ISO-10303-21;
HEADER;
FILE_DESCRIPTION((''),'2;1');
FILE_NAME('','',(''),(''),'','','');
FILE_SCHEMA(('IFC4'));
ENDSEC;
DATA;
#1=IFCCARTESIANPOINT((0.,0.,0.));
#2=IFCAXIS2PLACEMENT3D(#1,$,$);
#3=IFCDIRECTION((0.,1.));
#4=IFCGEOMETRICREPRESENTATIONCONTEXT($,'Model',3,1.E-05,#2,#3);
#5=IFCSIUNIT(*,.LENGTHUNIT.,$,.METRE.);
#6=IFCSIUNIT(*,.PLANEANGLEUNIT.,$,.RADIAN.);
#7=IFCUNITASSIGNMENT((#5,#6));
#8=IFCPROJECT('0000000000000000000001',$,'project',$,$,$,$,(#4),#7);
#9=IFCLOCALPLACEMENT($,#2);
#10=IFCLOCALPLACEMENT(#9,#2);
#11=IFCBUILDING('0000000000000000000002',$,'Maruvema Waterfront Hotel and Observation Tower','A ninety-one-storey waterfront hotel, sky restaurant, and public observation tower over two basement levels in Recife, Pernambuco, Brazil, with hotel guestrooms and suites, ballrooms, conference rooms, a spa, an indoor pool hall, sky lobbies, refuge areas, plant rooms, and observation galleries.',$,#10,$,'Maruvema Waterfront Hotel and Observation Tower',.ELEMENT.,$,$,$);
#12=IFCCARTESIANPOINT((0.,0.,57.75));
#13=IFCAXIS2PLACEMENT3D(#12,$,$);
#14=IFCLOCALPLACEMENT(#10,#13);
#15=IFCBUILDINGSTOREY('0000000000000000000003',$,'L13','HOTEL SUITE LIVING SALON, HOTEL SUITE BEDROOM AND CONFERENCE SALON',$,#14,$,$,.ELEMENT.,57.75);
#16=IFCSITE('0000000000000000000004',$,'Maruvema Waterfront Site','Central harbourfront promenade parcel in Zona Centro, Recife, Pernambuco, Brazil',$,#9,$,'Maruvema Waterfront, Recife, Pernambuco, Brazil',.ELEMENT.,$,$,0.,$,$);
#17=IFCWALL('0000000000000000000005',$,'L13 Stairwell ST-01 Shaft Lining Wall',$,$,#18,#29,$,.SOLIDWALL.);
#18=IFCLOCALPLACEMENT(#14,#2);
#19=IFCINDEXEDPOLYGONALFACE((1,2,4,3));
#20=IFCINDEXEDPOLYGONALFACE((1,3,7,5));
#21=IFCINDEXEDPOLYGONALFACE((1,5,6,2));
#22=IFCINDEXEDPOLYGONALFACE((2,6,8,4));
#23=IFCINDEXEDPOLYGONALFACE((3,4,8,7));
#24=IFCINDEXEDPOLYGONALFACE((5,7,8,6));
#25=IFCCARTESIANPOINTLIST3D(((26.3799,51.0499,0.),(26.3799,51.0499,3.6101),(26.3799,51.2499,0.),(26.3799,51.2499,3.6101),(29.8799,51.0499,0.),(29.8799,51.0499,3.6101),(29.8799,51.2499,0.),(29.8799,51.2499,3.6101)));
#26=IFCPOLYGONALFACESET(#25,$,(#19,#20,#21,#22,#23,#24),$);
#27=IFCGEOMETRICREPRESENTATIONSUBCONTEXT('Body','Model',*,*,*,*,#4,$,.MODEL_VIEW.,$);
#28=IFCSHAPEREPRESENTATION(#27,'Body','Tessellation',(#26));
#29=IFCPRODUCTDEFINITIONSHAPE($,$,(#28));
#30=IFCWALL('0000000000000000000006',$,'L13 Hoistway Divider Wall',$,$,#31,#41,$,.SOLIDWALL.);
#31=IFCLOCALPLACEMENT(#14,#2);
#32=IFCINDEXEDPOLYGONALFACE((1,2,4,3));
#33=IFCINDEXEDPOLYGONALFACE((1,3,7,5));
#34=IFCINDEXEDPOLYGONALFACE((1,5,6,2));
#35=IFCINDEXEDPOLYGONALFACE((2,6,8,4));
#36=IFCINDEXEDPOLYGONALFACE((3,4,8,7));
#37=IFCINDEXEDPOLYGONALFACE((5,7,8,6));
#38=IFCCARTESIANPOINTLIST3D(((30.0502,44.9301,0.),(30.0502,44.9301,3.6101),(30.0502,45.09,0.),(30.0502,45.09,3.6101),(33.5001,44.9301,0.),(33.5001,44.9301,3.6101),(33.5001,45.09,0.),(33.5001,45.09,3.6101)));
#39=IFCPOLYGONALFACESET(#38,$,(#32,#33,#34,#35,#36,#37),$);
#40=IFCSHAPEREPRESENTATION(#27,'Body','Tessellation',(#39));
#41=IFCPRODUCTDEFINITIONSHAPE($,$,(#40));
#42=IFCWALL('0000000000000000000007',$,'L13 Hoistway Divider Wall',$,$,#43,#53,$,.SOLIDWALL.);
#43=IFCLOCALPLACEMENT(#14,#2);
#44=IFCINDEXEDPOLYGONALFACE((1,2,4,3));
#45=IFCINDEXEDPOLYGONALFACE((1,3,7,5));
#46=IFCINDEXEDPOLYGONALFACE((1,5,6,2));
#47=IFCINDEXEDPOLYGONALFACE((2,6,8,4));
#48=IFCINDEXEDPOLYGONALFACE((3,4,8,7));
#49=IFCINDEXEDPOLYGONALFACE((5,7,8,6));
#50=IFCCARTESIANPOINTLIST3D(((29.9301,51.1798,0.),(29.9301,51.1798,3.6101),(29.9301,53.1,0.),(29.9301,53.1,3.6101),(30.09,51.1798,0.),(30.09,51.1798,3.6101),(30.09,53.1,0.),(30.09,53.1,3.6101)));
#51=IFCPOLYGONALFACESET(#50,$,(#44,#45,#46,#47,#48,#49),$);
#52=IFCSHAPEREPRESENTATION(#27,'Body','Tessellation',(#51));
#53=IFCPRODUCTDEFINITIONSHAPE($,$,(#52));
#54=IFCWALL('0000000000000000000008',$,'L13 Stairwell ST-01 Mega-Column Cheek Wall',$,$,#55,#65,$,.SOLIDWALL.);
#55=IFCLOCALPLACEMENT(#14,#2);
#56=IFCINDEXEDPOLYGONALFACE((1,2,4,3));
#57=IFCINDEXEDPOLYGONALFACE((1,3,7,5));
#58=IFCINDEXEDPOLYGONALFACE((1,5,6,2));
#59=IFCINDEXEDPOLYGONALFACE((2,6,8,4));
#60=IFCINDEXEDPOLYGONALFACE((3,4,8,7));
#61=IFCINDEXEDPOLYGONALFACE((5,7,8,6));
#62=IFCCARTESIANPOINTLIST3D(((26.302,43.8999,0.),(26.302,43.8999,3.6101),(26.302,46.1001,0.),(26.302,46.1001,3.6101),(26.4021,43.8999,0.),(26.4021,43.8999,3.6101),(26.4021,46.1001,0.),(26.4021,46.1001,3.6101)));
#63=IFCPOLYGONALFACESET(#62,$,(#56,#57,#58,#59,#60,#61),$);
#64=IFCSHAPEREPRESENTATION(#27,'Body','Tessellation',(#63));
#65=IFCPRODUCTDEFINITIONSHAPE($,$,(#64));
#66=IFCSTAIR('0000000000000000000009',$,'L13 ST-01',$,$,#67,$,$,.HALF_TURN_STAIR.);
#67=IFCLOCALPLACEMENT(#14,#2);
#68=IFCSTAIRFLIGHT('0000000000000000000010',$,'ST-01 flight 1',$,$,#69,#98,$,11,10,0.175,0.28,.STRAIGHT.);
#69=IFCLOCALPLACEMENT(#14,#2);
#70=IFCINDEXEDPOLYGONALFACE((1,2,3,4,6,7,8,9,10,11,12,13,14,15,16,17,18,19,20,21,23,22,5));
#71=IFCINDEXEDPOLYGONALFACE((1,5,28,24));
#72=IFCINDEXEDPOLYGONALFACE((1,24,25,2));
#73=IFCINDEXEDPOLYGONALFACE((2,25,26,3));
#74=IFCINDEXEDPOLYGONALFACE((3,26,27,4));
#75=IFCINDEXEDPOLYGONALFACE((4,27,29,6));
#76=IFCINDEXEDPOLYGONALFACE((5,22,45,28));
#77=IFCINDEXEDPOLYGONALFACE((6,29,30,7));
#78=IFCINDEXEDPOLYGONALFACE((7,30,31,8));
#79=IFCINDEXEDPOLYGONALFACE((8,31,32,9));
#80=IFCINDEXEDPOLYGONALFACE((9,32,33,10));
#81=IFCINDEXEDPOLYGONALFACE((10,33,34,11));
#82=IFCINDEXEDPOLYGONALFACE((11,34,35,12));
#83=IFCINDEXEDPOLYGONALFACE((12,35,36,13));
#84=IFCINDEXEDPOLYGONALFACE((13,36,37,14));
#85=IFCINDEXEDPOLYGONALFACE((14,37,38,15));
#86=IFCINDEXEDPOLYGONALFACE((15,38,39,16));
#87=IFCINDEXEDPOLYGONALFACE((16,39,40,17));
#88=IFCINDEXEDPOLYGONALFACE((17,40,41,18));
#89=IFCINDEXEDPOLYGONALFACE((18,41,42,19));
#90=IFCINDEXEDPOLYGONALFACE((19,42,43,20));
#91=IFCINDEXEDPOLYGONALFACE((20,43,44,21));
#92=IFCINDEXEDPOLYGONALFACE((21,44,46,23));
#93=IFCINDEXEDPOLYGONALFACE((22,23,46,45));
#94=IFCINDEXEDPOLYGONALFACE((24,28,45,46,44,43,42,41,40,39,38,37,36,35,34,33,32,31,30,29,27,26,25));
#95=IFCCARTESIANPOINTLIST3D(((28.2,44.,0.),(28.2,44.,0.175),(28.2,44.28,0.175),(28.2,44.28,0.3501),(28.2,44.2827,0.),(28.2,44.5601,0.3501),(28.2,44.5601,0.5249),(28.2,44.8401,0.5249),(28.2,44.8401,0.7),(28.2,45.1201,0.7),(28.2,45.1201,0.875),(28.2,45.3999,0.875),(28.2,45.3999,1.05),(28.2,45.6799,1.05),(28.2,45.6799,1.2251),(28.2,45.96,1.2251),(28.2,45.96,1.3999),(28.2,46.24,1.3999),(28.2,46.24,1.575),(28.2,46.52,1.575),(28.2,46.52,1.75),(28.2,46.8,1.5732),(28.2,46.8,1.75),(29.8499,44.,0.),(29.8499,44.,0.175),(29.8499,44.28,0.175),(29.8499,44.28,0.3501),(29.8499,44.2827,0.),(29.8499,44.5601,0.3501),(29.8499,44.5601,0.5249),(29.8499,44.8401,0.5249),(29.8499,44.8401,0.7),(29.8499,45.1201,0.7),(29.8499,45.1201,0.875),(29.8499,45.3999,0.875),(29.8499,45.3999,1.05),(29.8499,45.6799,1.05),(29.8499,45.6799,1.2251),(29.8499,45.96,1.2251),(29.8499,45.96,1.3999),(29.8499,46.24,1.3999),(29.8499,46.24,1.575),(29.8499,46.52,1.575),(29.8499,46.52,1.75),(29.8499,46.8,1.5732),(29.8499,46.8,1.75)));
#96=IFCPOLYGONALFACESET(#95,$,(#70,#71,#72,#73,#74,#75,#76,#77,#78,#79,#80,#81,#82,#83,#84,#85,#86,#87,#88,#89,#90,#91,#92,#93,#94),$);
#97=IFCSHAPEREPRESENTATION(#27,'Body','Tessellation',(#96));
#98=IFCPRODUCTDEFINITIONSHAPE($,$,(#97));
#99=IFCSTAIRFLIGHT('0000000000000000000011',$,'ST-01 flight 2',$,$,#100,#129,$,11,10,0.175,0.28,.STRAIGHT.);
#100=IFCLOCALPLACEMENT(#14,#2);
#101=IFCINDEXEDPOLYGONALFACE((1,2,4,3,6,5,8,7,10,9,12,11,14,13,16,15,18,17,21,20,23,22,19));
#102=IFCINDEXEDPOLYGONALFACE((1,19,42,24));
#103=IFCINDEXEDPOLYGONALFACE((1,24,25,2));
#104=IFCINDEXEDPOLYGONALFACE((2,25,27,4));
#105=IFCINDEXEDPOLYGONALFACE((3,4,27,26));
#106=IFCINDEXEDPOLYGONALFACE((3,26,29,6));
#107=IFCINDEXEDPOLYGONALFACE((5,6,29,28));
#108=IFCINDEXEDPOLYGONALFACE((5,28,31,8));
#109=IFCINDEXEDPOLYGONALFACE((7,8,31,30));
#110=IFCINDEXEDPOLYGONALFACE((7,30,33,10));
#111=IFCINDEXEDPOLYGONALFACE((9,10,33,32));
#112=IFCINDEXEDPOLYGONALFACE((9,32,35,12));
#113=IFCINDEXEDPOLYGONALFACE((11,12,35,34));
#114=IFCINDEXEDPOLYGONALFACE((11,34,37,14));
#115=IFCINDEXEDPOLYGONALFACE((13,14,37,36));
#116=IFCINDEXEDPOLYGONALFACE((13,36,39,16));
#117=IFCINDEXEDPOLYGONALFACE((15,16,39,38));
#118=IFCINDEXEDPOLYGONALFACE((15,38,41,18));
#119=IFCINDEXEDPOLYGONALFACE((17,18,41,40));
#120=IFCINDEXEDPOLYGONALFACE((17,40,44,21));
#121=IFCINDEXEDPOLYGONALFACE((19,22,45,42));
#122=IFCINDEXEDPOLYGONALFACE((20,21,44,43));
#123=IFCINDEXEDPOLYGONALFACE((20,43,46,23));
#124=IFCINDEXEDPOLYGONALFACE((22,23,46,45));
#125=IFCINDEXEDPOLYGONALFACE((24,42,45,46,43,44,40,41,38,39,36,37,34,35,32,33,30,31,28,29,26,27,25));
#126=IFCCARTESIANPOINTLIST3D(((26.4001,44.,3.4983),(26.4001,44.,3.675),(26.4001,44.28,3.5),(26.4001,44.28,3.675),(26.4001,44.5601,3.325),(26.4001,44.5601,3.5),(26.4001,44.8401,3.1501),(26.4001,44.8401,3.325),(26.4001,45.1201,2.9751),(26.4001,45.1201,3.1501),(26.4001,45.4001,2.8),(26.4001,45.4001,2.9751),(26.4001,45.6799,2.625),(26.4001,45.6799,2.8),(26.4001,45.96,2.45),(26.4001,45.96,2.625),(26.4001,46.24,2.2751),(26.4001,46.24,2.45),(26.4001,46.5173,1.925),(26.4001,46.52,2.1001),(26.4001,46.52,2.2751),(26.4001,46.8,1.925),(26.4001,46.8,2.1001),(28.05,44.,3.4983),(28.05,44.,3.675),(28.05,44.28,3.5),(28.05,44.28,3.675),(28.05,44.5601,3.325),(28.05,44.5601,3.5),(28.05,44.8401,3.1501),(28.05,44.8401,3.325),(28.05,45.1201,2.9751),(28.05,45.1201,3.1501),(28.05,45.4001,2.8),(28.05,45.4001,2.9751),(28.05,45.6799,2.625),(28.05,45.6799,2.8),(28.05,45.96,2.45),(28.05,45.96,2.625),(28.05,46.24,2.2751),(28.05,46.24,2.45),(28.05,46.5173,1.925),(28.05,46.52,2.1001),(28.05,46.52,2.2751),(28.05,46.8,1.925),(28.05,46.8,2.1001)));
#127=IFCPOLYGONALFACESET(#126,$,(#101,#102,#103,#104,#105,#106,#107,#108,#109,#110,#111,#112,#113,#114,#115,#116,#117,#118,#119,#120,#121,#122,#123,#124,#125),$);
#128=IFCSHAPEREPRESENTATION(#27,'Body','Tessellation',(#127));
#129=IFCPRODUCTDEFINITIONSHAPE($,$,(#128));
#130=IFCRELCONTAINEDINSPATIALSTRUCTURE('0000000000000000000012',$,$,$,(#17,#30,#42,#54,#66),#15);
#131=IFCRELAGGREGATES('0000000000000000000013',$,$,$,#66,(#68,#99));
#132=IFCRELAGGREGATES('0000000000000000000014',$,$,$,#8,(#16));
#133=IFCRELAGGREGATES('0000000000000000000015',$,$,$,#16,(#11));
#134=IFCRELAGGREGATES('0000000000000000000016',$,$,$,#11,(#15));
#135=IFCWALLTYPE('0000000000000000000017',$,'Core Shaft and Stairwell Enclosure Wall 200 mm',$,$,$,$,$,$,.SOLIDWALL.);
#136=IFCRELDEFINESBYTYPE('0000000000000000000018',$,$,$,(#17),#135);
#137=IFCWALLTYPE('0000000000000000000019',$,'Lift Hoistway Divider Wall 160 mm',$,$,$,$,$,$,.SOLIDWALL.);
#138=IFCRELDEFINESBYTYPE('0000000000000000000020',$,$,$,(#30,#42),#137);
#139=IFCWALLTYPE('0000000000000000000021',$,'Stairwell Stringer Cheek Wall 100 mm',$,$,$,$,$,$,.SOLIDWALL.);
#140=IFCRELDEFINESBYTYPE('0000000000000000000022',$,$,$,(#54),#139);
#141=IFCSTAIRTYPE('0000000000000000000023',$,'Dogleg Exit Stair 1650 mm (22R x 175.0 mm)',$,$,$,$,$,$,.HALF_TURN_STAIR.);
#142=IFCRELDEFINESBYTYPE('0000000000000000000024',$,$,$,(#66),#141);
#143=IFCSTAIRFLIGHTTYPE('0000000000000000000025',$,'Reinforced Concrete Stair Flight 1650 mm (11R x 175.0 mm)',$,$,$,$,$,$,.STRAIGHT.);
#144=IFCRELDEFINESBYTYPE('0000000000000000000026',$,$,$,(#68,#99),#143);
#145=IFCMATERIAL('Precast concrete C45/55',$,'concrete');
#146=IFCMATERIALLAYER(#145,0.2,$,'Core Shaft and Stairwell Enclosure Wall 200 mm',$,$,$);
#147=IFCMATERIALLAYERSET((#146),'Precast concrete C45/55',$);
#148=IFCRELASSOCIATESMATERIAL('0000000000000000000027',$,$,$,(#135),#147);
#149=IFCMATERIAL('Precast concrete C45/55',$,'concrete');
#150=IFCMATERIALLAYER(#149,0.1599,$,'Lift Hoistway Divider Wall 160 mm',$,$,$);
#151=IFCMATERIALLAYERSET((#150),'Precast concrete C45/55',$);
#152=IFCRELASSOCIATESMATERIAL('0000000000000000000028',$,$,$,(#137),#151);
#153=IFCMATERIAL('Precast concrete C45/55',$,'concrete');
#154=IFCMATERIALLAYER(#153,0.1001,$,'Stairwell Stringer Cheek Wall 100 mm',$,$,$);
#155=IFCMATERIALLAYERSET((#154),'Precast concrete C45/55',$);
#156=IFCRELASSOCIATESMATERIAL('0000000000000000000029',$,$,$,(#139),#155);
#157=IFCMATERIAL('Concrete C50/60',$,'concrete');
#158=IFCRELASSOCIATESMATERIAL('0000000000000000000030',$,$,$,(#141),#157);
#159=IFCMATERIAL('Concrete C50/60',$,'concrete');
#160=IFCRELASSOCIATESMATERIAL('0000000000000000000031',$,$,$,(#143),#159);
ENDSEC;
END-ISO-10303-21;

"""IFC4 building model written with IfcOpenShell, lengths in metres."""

from ifc_helpers import new_model, si_unit, direction, frame, frame_2d, origin, place, context, subcontext, project, spatial, polyline, rectangle, outline, extrude, material, layer, layer_set, type_object, element, aggregate, save


model = new_model("IFC4")

# Units and contexts
model_context = context("Model", 3, precision=1e-05, world=origin(), true_north=direction((0.0, 1.0)))
body_context = subcontext(model_context, "Body", "Model", "MODEL_VIEW")
ifc_project = project(units=[si_unit("LENGTHUNIT", "METRE"), si_unit("PLANEANGLEUNIT", "RADIAN")], contexts=[model_context])

# Site, building, storey
site_placement = place(None, origin())
site = spatial("IfcSite", under=ifc_project, at=site_placement, Name="Maruvema Waterfront Site", Description="Central harbourfront promenade parcel in Zona Centro, Recife, Pernambuco, Brazil", LongName="Maruvema Waterfront, Recife, Pernambuco, Brazil", CompositionType="ELEMENT", RefElevation=0.0)
building_placement = place(site_placement, origin())
building = spatial("IfcBuilding", under=site, at=building_placement, Name="Maruvema Waterfront Hotel and Observation Tower", Description="A ninety-one-storey waterfront hotel, sky restaurant, and public observation tower over two basement levels in Recife, Pernambuco, Brazil, with hotel guestrooms and suites, ballrooms, conference rooms, a spa, an indoor pool hall, sky lobbies, refuge areas, plant rooms, and observation galleries.", LongName="Maruvema Waterfront Hotel and Observation Tower", CompositionType="ELEMENT")
storey_placement = place(building_placement, frame((0.0, 0.0, 57.75)))
storey = spatial("IfcBuildingStorey", under=building, at=storey_placement, Name="L13", Description="HOTEL SUITE LIVING SALON, HOTEL SUITE BEDROOM AND CONFERENCE SALON", CompositionType="ELEMENT", Elevation=57.75)

# Wall
ifc_material_1 = material(Name="Precast concrete C45/55", Category="concrete")
ifc_layer_1 = layer(ifc_material_1, 0.2, Name="Core Shaft and Stairwell Enclosure Wall 200 mm")
ifc_layer_set_1 = layer_set([ifc_layer_1], Name="Precast concrete C45/55")
wall_type_1 = type_object("IfcWallType", Name="Core Shaft and Stairwell Enclosure Wall 200 mm", PredefinedType="SOLIDWALL", material=ifc_layer_set_1)
wall_1_placement = place(storey_placement, frame((26.3799, 51.1499, 0.0), z_axis=(0.0, 0.0, 1.0), x_axis=(1.0, 0.0, 0.0)))
element("IfcWall", 1, at=wall_1_placement, inside=storey, type_object=wall_type_1, Name="L13 Stairwell ST-01 Shaft Lining Wall", PredefinedType="SOLIDWALL", context=body_context, shape_type="SweptSolid", body=[
    extrude(rectangle(XDim=3.5, YDim=0.2, at=frame_2d((1.75, 0.0))), origin(), (0.0, 0.0, 1.0), 3.6101),
])

# Walls
ifc_material_2 = material(Name="Precast concrete C45/55", Category="concrete")
ifc_layer_2 = layer(ifc_material_2, 0.1599, Name="Lift Hoistway Divider Wall 160 mm")
ifc_layer_set_2 = layer_set([ifc_layer_2], Name="Precast concrete C45/55")
wall_type_2 = type_object("IfcWallType", Name="Lift Hoistway Divider Wall 160 mm", PredefinedType="SOLIDWALL", material=ifc_layer_set_2)
wall_2_placement = place(storey_placement, frame((30.05, 45.01, 0.0), z_axis=(0.0, 0.0, 1.0), x_axis=(1.0, 0.0, 0.0)))
element("IfcWall", 2, at=wall_2_placement, inside=storey, type_object=wall_type_2, Name="L13 Hoistway Divider Wall", PredefinedType="SOLIDWALL", context=body_context, shape_type="SweptSolid", body=[
    extrude(rectangle(XDim=3.45, YDim=0.1599, at=frame_2d((1.7251, 0.0))), origin(), (0.0, 0.0, 1.0), 3.6101),
])
wall_3_placement = place(storey_placement, frame((30.01, 51.1799, 0.0), z_axis=(0.0, 0.0, 1.0), x_axis=(0.0, 1.0, 0.0)))
element("IfcWall", 3, at=wall_3_placement, inside=storey, type_object=wall_type_2, Name="L13 Hoistway Divider Wall", PredefinedType="SOLIDWALL", context=body_context, shape_type="SweptSolid", body=[
    extrude(rectangle(XDim=1.9202, YDim=0.1599, at=frame_2d((0.96, 0.0))), origin(), (0.0, 0.0, 1.0), 3.6101),
])
ifc_material_3 = material(Name="Precast concrete C45/55", Category="concrete")
ifc_layer_3 = layer(ifc_material_3, 0.1001, Name="Stairwell Stringer Cheek Wall 100 mm")
ifc_layer_set_3 = layer_set([ifc_layer_3], Name="Precast concrete C45/55")
wall_type_3 = type_object("IfcWallType", Name="Stairwell Stringer Cheek Wall 100 mm", PredefinedType="SOLIDWALL", material=ifc_layer_set_3)
wall_4_placement = place(storey_placement, frame((26.3521, 43.8999, 0.0), z_axis=(0.0, 0.0, 1.0), x_axis=(0.0, 1.0, 0.0)))
element("IfcWall", 4, at=wall_4_placement, inside=storey, type_object=wall_type_3, Name="L13 Stairwell ST-01 Mega-Column Cheek Wall", PredefinedType="SOLIDWALL", context=body_context, shape_type="SweptSolid", body=[
    extrude(rectangle(XDim=2.2002, YDim=0.1001, at=frame_2d((1.1001, 0.0))), origin(), (0.0, 0.0, 1.0), 3.6101),
])

# Stair, stair flights
ifc_material_4 = material(Name="Concrete C50/60", Category="concrete")
stair_type = type_object("IfcStairType", Name="Dogleg Exit Stair 1650 mm (22R x 175.0 mm)", PredefinedType="HALF_TURN_STAIR", material=ifc_material_4)
stair_placement = place(storey_placement, origin())
stair = element("IfcStair", 5, at=stair_placement, inside=storey, type_object=stair_type, Name="L13 ST-01", PredefinedType="HALF_TURN_STAIR")
ifc_material_5 = material(Name="Concrete C50/60", Category="concrete")
stair_flight_type = type_object("IfcStairFlightType", Name="Reinforced Concrete Stair Flight 1650 mm (11R x 175.0 mm)", PredefinedType="STRAIGHT", material=ifc_material_5)
stair_flight_1_placement = place(storey_placement, frame((29.0249, 44.0, 0.0), z_axis=(0.0, 0.0, 1.0), x_axis=(0.0, 1.0, 0.0)))
stair_flight_1 = element("IfcStairFlight", 6, at=stair_flight_1_placement, type_object=stair_flight_type, Name="ST-01 flight 1", NumberOfRisers=11, NumberOfTreads=10, PredefinedType="STRAIGHT", RiserHeight=0.175, TreadLength=0.28, context=body_context, shape_type="SweptSolid", body=[
    extrude(outline(polyline([(0.0, 0.0), (0.0, 0.175), (0.28, 0.175), (0.28, 0.3501), (0.5601, 0.3501), (0.5601, 0.5249), (0.8401, 0.5249), (0.8401, 0.7), (1.1201, 0.7), (1.1201, 0.875), (1.3999, 0.875), (1.3999, 1.05), (1.6799, 1.05), (1.6799, 1.2251), (1.96, 1.2251), (1.96, 1.3999), (2.24, 1.3999), (2.24, 1.575), (2.52, 1.575), (2.52, 1.75), (2.8, 1.75), (2.8, 1.925), (2.8, 1.5732), (0.2827, 0.0), (0.0, 0.0)])), frame((0.0, 0.825, 0.0), z_axis=(0.0, -1.0, 0.0), x_axis=(1.0, 0.0, 0.0)), (0.0, 0.0, 1.0), 1.6499),
])
stair_flight_2_placement = place(storey_placement, frame((27.2251, 46.8, 1.925), z_axis=(0.0, 0.0, 1.0), x_axis=(0.0, -1.0, 0.0)))
stair_flight_2 = element("IfcStairFlight", 7, at=stair_flight_2_placement, type_object=stair_flight_type, Name="ST-01 flight 2", NumberOfRisers=11, NumberOfTreads=10, PredefinedType="STRAIGHT", RiserHeight=0.175, TreadLength=0.28, context=body_context, shape_type="SweptSolid", body=[
    extrude(outline(polyline([(0.0, 0.0), (0.0, 0.175), (0.28, 0.175), (0.28, 0.3501), (0.5601, 0.3501), (0.5601, 0.5249), (0.8401, 0.5249), (0.8401, 0.7), (1.1201, 0.7), (1.1201, 0.875), (1.3999, 0.875), (1.3999, 1.05), (1.6799, 1.05), (1.6799, 1.2251), (1.96, 1.2251), (1.96, 1.3999), (2.24, 1.3999), (2.24, 1.575), (2.52, 1.575), (2.52, 1.75), (2.8, 1.75), (2.8, 1.925), (2.8, 1.5732), (0.2827, 0.0), (0.0, 0.0)])), frame((0.0, 0.825, 0.0), z_axis=(0.0, -1.0, 0.0), x_axis=(1.0, 0.0, 0.0)), (0.0, 0.0, 1.0), 1.6499),
])
aggregate(stair, [stair_flight_1, stair_flight_2])

save(model, "model.ifc")
